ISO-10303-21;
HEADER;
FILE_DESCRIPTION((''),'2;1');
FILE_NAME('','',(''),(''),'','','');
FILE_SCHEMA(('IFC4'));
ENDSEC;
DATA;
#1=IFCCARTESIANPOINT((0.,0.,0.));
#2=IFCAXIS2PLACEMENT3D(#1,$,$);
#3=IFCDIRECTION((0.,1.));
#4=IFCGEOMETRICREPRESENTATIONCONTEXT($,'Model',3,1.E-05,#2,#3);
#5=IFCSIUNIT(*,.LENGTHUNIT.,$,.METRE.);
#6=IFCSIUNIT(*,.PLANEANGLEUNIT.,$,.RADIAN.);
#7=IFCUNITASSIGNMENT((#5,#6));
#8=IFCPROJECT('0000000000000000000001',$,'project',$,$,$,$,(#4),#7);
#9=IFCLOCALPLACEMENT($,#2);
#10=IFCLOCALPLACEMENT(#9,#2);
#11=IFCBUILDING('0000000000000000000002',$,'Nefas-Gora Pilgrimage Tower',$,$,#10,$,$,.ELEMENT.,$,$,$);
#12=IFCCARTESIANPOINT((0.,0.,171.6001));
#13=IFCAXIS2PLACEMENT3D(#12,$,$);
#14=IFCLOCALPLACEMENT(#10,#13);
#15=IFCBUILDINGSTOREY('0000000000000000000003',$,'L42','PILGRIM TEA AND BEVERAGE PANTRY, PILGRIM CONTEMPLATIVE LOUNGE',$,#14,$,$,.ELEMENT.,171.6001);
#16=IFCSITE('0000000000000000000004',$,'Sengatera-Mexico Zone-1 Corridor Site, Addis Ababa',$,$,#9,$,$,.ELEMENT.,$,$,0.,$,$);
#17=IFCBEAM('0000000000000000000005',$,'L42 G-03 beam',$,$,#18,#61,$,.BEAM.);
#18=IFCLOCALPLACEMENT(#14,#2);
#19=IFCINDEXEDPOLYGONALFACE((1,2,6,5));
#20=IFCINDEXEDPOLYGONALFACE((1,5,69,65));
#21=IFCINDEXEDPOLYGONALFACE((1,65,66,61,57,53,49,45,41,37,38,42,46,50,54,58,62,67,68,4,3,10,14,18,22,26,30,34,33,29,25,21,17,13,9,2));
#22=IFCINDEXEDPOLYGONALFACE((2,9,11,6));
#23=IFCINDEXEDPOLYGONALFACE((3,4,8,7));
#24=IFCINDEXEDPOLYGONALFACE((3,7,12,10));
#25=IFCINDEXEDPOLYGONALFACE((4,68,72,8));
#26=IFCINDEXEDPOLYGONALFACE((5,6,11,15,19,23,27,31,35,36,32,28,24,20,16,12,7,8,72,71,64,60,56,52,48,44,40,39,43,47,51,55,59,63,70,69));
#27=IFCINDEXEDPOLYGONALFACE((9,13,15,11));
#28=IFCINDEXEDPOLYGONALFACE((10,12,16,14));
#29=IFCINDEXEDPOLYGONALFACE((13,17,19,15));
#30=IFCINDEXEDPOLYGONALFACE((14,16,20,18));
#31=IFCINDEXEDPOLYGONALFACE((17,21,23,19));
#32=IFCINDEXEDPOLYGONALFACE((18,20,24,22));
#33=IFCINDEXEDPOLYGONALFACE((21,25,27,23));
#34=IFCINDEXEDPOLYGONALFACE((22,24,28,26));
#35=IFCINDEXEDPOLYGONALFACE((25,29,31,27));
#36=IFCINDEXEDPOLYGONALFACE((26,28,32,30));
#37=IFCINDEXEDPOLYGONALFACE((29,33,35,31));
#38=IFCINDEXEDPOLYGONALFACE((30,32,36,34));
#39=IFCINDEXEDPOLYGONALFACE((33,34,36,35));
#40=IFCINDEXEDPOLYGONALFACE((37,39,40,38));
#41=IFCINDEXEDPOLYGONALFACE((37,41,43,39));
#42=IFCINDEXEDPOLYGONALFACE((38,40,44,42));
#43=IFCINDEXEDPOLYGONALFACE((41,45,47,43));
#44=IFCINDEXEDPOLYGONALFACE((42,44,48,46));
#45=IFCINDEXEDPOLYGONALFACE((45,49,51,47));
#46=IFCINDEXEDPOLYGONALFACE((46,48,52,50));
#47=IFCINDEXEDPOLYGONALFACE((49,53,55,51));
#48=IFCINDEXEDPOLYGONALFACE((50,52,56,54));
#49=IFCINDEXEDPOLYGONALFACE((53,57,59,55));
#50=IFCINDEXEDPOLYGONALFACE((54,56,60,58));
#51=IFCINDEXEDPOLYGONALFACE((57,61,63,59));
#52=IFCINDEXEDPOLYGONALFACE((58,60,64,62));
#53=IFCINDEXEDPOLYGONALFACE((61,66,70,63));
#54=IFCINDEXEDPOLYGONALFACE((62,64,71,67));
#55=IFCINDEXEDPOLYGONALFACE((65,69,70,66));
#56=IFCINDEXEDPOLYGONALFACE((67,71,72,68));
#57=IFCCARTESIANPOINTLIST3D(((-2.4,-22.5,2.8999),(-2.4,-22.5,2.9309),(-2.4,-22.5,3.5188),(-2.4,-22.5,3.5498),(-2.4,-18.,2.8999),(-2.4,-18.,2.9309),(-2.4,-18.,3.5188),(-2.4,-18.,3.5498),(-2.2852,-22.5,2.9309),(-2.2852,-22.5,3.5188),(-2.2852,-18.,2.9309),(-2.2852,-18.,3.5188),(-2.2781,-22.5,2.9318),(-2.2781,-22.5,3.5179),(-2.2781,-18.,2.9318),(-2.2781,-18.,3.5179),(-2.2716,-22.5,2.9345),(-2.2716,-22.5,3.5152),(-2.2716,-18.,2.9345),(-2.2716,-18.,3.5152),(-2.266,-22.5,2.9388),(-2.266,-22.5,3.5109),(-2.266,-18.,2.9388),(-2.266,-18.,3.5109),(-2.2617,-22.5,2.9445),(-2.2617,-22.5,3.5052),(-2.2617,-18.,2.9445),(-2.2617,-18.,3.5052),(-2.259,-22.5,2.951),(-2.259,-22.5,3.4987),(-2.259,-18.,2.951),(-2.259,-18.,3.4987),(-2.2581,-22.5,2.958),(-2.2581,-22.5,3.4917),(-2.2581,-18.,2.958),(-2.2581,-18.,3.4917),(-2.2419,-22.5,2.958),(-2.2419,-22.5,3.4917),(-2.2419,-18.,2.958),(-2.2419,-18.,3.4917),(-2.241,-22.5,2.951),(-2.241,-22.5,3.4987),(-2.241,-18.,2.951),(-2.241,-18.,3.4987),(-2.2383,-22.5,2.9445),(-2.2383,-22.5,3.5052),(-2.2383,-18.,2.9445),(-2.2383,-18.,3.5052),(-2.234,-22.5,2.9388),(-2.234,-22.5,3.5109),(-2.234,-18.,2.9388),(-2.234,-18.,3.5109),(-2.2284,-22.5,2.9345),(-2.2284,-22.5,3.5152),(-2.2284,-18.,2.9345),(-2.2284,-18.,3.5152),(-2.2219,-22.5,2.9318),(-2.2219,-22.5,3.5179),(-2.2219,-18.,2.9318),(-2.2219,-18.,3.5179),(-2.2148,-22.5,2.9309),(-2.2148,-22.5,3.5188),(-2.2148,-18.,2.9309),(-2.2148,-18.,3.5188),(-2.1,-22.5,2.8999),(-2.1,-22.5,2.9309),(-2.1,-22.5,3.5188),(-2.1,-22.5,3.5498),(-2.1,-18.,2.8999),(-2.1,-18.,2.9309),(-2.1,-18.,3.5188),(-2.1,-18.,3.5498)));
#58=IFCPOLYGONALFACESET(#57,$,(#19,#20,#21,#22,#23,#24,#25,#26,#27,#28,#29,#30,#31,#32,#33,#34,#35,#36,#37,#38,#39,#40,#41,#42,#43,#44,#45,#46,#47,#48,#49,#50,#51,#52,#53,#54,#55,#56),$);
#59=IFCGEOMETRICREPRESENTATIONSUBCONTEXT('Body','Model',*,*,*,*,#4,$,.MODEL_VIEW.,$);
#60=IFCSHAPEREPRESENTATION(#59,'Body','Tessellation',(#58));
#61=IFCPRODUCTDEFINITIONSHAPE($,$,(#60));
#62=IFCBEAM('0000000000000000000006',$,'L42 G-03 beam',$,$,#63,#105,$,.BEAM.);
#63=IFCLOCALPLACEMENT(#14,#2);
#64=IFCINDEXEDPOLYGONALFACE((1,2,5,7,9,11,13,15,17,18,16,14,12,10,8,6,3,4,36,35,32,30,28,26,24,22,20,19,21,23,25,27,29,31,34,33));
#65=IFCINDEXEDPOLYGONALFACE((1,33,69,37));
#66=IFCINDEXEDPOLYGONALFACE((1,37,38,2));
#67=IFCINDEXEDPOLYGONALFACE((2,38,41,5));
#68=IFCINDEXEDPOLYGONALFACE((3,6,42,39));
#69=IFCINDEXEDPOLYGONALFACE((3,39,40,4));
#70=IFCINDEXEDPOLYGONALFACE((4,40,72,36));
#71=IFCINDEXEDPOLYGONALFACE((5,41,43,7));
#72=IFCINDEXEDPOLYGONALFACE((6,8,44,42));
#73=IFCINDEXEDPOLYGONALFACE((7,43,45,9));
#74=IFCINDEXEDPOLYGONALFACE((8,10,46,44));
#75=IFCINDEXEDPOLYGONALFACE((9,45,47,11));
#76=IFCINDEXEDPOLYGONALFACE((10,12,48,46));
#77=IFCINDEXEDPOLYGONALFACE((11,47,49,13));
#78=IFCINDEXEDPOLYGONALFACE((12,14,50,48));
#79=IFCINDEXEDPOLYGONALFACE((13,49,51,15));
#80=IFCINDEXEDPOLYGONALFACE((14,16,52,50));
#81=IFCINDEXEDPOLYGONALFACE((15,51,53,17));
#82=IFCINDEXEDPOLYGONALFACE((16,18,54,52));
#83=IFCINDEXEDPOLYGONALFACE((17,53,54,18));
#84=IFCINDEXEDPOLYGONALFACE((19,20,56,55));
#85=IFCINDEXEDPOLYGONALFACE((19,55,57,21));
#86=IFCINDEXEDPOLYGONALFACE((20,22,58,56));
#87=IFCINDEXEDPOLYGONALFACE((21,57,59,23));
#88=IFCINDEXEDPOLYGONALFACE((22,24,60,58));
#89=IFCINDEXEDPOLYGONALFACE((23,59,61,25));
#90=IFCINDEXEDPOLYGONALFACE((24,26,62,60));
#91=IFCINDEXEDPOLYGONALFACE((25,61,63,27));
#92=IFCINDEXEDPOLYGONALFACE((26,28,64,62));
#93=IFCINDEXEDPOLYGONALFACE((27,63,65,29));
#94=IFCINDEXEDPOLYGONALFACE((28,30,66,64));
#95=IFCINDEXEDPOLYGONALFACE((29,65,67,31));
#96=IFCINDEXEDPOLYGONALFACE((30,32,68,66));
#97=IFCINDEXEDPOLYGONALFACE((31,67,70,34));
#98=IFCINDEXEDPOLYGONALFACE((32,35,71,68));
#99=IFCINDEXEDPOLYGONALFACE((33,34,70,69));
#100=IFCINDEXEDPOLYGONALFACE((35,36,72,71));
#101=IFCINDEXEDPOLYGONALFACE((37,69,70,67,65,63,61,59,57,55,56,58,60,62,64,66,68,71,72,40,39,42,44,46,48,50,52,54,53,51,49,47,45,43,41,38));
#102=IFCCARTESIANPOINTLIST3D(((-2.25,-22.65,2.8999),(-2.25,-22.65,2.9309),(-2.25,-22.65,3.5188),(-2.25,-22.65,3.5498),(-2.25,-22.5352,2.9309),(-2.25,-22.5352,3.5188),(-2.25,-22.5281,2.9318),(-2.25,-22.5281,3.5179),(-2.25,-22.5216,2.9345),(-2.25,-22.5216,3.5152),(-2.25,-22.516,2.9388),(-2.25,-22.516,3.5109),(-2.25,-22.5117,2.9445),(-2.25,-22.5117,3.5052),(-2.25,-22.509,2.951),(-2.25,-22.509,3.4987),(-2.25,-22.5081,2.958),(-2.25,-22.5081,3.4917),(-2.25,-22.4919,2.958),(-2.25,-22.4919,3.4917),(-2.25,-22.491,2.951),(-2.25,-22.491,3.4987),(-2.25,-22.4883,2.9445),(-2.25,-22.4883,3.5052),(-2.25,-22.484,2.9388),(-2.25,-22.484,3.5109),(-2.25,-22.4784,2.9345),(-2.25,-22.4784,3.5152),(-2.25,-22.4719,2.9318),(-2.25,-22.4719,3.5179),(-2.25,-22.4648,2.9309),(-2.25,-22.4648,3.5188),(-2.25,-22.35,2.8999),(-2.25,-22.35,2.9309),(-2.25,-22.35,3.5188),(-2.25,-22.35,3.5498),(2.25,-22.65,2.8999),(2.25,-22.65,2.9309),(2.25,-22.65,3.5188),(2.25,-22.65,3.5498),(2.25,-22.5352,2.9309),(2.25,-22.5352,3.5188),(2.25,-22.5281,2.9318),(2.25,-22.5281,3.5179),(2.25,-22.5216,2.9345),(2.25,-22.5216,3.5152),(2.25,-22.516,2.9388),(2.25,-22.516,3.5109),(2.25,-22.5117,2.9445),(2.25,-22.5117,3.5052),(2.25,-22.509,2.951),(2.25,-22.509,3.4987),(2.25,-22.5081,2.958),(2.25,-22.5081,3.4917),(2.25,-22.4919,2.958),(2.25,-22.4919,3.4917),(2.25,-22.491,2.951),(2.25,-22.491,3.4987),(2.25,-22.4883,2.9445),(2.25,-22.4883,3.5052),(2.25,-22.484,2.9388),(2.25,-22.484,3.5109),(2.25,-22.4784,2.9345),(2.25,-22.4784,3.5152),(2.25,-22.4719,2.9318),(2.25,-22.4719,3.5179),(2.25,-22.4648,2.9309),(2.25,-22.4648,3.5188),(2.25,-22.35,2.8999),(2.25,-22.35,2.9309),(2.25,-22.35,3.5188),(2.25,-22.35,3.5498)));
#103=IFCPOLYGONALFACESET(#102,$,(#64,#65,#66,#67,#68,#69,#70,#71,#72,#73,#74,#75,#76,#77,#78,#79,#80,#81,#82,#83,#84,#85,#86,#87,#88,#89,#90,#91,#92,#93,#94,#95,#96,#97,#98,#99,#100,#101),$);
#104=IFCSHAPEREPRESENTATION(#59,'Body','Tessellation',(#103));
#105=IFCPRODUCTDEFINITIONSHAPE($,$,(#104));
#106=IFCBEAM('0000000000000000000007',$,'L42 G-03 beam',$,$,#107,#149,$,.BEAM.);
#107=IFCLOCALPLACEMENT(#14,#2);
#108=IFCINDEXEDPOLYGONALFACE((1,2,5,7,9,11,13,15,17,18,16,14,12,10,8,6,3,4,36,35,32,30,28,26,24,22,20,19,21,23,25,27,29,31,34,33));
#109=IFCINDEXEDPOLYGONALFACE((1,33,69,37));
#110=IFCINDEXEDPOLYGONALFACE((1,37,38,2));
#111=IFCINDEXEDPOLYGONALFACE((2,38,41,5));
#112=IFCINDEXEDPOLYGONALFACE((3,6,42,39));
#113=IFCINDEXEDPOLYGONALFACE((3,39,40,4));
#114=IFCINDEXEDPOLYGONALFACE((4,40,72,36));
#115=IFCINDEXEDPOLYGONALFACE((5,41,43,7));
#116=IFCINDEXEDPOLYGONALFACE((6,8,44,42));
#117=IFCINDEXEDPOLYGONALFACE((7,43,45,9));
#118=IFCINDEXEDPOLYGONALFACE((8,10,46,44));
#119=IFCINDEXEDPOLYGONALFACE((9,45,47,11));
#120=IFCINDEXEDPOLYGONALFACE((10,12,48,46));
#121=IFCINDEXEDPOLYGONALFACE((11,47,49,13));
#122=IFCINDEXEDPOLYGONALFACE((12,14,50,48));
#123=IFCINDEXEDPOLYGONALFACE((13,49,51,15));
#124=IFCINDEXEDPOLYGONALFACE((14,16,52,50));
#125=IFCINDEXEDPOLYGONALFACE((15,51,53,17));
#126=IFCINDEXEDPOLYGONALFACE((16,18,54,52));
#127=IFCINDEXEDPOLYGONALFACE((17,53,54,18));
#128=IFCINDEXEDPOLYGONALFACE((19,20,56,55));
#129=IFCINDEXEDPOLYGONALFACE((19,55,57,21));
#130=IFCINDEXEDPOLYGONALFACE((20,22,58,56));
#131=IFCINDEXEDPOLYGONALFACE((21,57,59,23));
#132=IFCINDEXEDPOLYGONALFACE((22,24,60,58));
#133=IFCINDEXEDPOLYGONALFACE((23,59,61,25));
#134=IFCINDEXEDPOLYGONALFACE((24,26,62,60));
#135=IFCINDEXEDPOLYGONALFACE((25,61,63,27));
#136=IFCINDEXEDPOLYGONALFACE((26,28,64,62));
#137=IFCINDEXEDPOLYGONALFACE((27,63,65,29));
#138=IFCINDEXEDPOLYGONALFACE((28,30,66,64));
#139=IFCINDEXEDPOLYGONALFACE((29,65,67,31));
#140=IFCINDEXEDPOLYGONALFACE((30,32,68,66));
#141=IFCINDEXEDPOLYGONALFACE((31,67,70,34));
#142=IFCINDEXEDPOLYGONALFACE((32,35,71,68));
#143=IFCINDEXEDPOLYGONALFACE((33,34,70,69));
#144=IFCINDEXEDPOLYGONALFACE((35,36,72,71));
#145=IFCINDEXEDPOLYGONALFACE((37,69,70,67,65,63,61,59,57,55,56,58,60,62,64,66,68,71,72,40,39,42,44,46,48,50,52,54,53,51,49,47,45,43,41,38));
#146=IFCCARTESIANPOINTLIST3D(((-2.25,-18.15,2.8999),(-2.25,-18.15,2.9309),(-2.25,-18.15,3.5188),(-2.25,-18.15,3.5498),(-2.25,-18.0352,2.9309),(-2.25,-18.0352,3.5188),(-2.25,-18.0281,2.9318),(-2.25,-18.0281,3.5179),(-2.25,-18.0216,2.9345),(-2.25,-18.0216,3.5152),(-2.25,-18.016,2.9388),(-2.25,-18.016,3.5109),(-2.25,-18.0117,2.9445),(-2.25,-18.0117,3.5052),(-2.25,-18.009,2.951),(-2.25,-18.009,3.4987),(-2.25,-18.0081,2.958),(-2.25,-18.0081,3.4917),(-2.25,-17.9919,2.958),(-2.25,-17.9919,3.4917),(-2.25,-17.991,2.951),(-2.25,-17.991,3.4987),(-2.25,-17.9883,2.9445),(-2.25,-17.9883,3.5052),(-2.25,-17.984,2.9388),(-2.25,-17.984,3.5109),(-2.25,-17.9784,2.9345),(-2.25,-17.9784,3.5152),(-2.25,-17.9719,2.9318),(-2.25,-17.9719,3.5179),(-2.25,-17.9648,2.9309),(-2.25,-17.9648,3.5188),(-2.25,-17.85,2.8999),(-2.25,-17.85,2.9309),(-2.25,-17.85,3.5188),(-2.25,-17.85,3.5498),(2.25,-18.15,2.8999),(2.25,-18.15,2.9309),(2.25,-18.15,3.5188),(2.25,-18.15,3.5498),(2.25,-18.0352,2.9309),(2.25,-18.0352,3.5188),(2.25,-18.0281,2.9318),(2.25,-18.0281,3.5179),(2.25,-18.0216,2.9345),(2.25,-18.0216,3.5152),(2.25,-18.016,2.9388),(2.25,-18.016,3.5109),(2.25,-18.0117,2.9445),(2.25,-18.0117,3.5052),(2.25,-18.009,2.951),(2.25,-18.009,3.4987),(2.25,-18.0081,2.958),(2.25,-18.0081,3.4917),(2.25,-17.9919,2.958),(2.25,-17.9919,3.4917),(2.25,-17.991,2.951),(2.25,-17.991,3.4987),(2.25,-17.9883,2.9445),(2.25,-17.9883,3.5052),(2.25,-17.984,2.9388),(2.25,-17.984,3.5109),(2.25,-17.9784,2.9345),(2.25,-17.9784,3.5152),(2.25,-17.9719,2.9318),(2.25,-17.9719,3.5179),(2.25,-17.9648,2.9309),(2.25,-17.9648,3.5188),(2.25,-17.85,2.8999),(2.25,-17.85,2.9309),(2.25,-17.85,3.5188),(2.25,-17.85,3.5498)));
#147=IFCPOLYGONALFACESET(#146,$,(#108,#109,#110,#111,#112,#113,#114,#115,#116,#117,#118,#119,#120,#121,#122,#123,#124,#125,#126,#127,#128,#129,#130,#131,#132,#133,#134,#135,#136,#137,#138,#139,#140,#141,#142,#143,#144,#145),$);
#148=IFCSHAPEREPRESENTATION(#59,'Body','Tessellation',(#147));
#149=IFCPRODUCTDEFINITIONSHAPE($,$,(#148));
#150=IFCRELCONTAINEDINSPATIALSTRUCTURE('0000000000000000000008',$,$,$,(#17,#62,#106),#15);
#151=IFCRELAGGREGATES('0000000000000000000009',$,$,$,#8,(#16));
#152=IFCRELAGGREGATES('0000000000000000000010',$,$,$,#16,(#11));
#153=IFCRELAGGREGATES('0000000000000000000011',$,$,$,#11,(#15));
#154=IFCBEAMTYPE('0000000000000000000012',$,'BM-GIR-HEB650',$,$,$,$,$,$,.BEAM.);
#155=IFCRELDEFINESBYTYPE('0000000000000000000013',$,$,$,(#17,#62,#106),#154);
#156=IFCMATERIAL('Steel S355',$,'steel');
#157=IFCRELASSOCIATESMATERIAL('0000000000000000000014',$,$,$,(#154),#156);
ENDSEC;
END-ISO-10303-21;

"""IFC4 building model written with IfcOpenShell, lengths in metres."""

from ifc_helpers import new_model, si_unit, direction, frame, origin, origin_2d, place, context, subcontext, project, spatial, i_section, extrude, source, transform, mapped, material, material_profile, profile_set, type_object, element, save


model = new_model("IFC4")

# Units and contexts
model_context = context("Model", 3, precision=1e-05, world=origin(), true_north=direction((0.0, 1.0)))
body_context = subcontext(model_context, "Body", "Model", "MODEL_VIEW")
ifc_project = project(units=[si_unit("LENGTHUNIT", "METRE"), si_unit("PLANEANGLEUNIT", "RADIAN")], contexts=[model_context])

# Site, building, storey
site_placement = place(None, origin())
site = spatial("IfcSite", under=ifc_project, at=site_placement, Name="Sengatera-Mexico Zone-1 Corridor Site, Addis Ababa", CompositionType="ELEMENT", RefElevation=0.0)
building_placement = place(site_placement, origin())
building = spatial("IfcBuilding", under=site, at=building_placement, Name="Nefas-Gora Pilgrimage Tower", CompositionType="ELEMENT")
storey_placement = place(building_placement, frame((0.0, 0.0, 171.6001)))
storey = spatial("IfcBuildingStorey", under=building, at=storey_placement, Name="L42", Description="PILGRIM TEA AND BEVERAGE PANTRY, PILGRIM CONTEMPLATIVE LOUNGE", CompositionType="ELEMENT", Elevation=171.6001)

# Beams
ifc_material_1 = material(Name="Steel S355", Category="steel")
ifc_material_profile_1 = material_profile(ifc_material_1, i_section(OverallWidth=0.3, OverallDepth=0.6499, WebThickness=0.0161, FlangeThickness=0.031, FilletRadius=0.0271, at=origin_2d()), Name="HEB 650")
ifc_profile_set_1 = profile_set([ifc_material_profile_1], Name="Steel S355")
beam_type = type_object("IfcBeamType", Name="BM-GIR-HEB650", PredefinedType="BEAM", material=ifc_profile_set_1)
shared_shape_1 = source(origin(), body_context, "Body", "SweptSolid", [
    extrude(i_section(OverallWidth=0.3, OverallDepth=0.6499, WebThickness=0.0161, FlangeThickness=0.031, FilletRadius=0.0271, at=origin_2d()), origin(), (0.0, 0.0, 1.0), 4.5),
])
for number, where, z_axis, x_axis, name in (
    (1, (-2.25, -22.5, 3.2249), (0.0, 1.0, 0.0), (-1.0, 0.0, 0.0), "L42 G-03 beam"),
    (2, (-2.25, -22.5, 3.2249), (1.0, 0.0, 0.0), (0.0, 1.0, 0.0), "L42 G-03 beam"),
    (3, (-2.25, -18.0, 3.2249), (1.0, 0.0, 0.0), (0.0, 1.0, 0.0), "L42 G-03 beam"),
):
    element("IfcBeam", number, at=place(storey_placement, frame(where, z_axis=z_axis, x_axis=x_axis)), inside=storey, type_object=beam_type, Name=name, PredefinedType="BEAM", context=body_context, shape_type="MappedRepresentation", body=[
        mapped(shared_shape_1, transform((0.0, 0.0, 0.0), x_axis=(1.0, 0.0, 0.0), y_axis=(0.0, 1.0, 0.0), z_axis=(0.0, 0.0, 1.0), scale=1.0)),
    ])

save(model, "model.ifc")
